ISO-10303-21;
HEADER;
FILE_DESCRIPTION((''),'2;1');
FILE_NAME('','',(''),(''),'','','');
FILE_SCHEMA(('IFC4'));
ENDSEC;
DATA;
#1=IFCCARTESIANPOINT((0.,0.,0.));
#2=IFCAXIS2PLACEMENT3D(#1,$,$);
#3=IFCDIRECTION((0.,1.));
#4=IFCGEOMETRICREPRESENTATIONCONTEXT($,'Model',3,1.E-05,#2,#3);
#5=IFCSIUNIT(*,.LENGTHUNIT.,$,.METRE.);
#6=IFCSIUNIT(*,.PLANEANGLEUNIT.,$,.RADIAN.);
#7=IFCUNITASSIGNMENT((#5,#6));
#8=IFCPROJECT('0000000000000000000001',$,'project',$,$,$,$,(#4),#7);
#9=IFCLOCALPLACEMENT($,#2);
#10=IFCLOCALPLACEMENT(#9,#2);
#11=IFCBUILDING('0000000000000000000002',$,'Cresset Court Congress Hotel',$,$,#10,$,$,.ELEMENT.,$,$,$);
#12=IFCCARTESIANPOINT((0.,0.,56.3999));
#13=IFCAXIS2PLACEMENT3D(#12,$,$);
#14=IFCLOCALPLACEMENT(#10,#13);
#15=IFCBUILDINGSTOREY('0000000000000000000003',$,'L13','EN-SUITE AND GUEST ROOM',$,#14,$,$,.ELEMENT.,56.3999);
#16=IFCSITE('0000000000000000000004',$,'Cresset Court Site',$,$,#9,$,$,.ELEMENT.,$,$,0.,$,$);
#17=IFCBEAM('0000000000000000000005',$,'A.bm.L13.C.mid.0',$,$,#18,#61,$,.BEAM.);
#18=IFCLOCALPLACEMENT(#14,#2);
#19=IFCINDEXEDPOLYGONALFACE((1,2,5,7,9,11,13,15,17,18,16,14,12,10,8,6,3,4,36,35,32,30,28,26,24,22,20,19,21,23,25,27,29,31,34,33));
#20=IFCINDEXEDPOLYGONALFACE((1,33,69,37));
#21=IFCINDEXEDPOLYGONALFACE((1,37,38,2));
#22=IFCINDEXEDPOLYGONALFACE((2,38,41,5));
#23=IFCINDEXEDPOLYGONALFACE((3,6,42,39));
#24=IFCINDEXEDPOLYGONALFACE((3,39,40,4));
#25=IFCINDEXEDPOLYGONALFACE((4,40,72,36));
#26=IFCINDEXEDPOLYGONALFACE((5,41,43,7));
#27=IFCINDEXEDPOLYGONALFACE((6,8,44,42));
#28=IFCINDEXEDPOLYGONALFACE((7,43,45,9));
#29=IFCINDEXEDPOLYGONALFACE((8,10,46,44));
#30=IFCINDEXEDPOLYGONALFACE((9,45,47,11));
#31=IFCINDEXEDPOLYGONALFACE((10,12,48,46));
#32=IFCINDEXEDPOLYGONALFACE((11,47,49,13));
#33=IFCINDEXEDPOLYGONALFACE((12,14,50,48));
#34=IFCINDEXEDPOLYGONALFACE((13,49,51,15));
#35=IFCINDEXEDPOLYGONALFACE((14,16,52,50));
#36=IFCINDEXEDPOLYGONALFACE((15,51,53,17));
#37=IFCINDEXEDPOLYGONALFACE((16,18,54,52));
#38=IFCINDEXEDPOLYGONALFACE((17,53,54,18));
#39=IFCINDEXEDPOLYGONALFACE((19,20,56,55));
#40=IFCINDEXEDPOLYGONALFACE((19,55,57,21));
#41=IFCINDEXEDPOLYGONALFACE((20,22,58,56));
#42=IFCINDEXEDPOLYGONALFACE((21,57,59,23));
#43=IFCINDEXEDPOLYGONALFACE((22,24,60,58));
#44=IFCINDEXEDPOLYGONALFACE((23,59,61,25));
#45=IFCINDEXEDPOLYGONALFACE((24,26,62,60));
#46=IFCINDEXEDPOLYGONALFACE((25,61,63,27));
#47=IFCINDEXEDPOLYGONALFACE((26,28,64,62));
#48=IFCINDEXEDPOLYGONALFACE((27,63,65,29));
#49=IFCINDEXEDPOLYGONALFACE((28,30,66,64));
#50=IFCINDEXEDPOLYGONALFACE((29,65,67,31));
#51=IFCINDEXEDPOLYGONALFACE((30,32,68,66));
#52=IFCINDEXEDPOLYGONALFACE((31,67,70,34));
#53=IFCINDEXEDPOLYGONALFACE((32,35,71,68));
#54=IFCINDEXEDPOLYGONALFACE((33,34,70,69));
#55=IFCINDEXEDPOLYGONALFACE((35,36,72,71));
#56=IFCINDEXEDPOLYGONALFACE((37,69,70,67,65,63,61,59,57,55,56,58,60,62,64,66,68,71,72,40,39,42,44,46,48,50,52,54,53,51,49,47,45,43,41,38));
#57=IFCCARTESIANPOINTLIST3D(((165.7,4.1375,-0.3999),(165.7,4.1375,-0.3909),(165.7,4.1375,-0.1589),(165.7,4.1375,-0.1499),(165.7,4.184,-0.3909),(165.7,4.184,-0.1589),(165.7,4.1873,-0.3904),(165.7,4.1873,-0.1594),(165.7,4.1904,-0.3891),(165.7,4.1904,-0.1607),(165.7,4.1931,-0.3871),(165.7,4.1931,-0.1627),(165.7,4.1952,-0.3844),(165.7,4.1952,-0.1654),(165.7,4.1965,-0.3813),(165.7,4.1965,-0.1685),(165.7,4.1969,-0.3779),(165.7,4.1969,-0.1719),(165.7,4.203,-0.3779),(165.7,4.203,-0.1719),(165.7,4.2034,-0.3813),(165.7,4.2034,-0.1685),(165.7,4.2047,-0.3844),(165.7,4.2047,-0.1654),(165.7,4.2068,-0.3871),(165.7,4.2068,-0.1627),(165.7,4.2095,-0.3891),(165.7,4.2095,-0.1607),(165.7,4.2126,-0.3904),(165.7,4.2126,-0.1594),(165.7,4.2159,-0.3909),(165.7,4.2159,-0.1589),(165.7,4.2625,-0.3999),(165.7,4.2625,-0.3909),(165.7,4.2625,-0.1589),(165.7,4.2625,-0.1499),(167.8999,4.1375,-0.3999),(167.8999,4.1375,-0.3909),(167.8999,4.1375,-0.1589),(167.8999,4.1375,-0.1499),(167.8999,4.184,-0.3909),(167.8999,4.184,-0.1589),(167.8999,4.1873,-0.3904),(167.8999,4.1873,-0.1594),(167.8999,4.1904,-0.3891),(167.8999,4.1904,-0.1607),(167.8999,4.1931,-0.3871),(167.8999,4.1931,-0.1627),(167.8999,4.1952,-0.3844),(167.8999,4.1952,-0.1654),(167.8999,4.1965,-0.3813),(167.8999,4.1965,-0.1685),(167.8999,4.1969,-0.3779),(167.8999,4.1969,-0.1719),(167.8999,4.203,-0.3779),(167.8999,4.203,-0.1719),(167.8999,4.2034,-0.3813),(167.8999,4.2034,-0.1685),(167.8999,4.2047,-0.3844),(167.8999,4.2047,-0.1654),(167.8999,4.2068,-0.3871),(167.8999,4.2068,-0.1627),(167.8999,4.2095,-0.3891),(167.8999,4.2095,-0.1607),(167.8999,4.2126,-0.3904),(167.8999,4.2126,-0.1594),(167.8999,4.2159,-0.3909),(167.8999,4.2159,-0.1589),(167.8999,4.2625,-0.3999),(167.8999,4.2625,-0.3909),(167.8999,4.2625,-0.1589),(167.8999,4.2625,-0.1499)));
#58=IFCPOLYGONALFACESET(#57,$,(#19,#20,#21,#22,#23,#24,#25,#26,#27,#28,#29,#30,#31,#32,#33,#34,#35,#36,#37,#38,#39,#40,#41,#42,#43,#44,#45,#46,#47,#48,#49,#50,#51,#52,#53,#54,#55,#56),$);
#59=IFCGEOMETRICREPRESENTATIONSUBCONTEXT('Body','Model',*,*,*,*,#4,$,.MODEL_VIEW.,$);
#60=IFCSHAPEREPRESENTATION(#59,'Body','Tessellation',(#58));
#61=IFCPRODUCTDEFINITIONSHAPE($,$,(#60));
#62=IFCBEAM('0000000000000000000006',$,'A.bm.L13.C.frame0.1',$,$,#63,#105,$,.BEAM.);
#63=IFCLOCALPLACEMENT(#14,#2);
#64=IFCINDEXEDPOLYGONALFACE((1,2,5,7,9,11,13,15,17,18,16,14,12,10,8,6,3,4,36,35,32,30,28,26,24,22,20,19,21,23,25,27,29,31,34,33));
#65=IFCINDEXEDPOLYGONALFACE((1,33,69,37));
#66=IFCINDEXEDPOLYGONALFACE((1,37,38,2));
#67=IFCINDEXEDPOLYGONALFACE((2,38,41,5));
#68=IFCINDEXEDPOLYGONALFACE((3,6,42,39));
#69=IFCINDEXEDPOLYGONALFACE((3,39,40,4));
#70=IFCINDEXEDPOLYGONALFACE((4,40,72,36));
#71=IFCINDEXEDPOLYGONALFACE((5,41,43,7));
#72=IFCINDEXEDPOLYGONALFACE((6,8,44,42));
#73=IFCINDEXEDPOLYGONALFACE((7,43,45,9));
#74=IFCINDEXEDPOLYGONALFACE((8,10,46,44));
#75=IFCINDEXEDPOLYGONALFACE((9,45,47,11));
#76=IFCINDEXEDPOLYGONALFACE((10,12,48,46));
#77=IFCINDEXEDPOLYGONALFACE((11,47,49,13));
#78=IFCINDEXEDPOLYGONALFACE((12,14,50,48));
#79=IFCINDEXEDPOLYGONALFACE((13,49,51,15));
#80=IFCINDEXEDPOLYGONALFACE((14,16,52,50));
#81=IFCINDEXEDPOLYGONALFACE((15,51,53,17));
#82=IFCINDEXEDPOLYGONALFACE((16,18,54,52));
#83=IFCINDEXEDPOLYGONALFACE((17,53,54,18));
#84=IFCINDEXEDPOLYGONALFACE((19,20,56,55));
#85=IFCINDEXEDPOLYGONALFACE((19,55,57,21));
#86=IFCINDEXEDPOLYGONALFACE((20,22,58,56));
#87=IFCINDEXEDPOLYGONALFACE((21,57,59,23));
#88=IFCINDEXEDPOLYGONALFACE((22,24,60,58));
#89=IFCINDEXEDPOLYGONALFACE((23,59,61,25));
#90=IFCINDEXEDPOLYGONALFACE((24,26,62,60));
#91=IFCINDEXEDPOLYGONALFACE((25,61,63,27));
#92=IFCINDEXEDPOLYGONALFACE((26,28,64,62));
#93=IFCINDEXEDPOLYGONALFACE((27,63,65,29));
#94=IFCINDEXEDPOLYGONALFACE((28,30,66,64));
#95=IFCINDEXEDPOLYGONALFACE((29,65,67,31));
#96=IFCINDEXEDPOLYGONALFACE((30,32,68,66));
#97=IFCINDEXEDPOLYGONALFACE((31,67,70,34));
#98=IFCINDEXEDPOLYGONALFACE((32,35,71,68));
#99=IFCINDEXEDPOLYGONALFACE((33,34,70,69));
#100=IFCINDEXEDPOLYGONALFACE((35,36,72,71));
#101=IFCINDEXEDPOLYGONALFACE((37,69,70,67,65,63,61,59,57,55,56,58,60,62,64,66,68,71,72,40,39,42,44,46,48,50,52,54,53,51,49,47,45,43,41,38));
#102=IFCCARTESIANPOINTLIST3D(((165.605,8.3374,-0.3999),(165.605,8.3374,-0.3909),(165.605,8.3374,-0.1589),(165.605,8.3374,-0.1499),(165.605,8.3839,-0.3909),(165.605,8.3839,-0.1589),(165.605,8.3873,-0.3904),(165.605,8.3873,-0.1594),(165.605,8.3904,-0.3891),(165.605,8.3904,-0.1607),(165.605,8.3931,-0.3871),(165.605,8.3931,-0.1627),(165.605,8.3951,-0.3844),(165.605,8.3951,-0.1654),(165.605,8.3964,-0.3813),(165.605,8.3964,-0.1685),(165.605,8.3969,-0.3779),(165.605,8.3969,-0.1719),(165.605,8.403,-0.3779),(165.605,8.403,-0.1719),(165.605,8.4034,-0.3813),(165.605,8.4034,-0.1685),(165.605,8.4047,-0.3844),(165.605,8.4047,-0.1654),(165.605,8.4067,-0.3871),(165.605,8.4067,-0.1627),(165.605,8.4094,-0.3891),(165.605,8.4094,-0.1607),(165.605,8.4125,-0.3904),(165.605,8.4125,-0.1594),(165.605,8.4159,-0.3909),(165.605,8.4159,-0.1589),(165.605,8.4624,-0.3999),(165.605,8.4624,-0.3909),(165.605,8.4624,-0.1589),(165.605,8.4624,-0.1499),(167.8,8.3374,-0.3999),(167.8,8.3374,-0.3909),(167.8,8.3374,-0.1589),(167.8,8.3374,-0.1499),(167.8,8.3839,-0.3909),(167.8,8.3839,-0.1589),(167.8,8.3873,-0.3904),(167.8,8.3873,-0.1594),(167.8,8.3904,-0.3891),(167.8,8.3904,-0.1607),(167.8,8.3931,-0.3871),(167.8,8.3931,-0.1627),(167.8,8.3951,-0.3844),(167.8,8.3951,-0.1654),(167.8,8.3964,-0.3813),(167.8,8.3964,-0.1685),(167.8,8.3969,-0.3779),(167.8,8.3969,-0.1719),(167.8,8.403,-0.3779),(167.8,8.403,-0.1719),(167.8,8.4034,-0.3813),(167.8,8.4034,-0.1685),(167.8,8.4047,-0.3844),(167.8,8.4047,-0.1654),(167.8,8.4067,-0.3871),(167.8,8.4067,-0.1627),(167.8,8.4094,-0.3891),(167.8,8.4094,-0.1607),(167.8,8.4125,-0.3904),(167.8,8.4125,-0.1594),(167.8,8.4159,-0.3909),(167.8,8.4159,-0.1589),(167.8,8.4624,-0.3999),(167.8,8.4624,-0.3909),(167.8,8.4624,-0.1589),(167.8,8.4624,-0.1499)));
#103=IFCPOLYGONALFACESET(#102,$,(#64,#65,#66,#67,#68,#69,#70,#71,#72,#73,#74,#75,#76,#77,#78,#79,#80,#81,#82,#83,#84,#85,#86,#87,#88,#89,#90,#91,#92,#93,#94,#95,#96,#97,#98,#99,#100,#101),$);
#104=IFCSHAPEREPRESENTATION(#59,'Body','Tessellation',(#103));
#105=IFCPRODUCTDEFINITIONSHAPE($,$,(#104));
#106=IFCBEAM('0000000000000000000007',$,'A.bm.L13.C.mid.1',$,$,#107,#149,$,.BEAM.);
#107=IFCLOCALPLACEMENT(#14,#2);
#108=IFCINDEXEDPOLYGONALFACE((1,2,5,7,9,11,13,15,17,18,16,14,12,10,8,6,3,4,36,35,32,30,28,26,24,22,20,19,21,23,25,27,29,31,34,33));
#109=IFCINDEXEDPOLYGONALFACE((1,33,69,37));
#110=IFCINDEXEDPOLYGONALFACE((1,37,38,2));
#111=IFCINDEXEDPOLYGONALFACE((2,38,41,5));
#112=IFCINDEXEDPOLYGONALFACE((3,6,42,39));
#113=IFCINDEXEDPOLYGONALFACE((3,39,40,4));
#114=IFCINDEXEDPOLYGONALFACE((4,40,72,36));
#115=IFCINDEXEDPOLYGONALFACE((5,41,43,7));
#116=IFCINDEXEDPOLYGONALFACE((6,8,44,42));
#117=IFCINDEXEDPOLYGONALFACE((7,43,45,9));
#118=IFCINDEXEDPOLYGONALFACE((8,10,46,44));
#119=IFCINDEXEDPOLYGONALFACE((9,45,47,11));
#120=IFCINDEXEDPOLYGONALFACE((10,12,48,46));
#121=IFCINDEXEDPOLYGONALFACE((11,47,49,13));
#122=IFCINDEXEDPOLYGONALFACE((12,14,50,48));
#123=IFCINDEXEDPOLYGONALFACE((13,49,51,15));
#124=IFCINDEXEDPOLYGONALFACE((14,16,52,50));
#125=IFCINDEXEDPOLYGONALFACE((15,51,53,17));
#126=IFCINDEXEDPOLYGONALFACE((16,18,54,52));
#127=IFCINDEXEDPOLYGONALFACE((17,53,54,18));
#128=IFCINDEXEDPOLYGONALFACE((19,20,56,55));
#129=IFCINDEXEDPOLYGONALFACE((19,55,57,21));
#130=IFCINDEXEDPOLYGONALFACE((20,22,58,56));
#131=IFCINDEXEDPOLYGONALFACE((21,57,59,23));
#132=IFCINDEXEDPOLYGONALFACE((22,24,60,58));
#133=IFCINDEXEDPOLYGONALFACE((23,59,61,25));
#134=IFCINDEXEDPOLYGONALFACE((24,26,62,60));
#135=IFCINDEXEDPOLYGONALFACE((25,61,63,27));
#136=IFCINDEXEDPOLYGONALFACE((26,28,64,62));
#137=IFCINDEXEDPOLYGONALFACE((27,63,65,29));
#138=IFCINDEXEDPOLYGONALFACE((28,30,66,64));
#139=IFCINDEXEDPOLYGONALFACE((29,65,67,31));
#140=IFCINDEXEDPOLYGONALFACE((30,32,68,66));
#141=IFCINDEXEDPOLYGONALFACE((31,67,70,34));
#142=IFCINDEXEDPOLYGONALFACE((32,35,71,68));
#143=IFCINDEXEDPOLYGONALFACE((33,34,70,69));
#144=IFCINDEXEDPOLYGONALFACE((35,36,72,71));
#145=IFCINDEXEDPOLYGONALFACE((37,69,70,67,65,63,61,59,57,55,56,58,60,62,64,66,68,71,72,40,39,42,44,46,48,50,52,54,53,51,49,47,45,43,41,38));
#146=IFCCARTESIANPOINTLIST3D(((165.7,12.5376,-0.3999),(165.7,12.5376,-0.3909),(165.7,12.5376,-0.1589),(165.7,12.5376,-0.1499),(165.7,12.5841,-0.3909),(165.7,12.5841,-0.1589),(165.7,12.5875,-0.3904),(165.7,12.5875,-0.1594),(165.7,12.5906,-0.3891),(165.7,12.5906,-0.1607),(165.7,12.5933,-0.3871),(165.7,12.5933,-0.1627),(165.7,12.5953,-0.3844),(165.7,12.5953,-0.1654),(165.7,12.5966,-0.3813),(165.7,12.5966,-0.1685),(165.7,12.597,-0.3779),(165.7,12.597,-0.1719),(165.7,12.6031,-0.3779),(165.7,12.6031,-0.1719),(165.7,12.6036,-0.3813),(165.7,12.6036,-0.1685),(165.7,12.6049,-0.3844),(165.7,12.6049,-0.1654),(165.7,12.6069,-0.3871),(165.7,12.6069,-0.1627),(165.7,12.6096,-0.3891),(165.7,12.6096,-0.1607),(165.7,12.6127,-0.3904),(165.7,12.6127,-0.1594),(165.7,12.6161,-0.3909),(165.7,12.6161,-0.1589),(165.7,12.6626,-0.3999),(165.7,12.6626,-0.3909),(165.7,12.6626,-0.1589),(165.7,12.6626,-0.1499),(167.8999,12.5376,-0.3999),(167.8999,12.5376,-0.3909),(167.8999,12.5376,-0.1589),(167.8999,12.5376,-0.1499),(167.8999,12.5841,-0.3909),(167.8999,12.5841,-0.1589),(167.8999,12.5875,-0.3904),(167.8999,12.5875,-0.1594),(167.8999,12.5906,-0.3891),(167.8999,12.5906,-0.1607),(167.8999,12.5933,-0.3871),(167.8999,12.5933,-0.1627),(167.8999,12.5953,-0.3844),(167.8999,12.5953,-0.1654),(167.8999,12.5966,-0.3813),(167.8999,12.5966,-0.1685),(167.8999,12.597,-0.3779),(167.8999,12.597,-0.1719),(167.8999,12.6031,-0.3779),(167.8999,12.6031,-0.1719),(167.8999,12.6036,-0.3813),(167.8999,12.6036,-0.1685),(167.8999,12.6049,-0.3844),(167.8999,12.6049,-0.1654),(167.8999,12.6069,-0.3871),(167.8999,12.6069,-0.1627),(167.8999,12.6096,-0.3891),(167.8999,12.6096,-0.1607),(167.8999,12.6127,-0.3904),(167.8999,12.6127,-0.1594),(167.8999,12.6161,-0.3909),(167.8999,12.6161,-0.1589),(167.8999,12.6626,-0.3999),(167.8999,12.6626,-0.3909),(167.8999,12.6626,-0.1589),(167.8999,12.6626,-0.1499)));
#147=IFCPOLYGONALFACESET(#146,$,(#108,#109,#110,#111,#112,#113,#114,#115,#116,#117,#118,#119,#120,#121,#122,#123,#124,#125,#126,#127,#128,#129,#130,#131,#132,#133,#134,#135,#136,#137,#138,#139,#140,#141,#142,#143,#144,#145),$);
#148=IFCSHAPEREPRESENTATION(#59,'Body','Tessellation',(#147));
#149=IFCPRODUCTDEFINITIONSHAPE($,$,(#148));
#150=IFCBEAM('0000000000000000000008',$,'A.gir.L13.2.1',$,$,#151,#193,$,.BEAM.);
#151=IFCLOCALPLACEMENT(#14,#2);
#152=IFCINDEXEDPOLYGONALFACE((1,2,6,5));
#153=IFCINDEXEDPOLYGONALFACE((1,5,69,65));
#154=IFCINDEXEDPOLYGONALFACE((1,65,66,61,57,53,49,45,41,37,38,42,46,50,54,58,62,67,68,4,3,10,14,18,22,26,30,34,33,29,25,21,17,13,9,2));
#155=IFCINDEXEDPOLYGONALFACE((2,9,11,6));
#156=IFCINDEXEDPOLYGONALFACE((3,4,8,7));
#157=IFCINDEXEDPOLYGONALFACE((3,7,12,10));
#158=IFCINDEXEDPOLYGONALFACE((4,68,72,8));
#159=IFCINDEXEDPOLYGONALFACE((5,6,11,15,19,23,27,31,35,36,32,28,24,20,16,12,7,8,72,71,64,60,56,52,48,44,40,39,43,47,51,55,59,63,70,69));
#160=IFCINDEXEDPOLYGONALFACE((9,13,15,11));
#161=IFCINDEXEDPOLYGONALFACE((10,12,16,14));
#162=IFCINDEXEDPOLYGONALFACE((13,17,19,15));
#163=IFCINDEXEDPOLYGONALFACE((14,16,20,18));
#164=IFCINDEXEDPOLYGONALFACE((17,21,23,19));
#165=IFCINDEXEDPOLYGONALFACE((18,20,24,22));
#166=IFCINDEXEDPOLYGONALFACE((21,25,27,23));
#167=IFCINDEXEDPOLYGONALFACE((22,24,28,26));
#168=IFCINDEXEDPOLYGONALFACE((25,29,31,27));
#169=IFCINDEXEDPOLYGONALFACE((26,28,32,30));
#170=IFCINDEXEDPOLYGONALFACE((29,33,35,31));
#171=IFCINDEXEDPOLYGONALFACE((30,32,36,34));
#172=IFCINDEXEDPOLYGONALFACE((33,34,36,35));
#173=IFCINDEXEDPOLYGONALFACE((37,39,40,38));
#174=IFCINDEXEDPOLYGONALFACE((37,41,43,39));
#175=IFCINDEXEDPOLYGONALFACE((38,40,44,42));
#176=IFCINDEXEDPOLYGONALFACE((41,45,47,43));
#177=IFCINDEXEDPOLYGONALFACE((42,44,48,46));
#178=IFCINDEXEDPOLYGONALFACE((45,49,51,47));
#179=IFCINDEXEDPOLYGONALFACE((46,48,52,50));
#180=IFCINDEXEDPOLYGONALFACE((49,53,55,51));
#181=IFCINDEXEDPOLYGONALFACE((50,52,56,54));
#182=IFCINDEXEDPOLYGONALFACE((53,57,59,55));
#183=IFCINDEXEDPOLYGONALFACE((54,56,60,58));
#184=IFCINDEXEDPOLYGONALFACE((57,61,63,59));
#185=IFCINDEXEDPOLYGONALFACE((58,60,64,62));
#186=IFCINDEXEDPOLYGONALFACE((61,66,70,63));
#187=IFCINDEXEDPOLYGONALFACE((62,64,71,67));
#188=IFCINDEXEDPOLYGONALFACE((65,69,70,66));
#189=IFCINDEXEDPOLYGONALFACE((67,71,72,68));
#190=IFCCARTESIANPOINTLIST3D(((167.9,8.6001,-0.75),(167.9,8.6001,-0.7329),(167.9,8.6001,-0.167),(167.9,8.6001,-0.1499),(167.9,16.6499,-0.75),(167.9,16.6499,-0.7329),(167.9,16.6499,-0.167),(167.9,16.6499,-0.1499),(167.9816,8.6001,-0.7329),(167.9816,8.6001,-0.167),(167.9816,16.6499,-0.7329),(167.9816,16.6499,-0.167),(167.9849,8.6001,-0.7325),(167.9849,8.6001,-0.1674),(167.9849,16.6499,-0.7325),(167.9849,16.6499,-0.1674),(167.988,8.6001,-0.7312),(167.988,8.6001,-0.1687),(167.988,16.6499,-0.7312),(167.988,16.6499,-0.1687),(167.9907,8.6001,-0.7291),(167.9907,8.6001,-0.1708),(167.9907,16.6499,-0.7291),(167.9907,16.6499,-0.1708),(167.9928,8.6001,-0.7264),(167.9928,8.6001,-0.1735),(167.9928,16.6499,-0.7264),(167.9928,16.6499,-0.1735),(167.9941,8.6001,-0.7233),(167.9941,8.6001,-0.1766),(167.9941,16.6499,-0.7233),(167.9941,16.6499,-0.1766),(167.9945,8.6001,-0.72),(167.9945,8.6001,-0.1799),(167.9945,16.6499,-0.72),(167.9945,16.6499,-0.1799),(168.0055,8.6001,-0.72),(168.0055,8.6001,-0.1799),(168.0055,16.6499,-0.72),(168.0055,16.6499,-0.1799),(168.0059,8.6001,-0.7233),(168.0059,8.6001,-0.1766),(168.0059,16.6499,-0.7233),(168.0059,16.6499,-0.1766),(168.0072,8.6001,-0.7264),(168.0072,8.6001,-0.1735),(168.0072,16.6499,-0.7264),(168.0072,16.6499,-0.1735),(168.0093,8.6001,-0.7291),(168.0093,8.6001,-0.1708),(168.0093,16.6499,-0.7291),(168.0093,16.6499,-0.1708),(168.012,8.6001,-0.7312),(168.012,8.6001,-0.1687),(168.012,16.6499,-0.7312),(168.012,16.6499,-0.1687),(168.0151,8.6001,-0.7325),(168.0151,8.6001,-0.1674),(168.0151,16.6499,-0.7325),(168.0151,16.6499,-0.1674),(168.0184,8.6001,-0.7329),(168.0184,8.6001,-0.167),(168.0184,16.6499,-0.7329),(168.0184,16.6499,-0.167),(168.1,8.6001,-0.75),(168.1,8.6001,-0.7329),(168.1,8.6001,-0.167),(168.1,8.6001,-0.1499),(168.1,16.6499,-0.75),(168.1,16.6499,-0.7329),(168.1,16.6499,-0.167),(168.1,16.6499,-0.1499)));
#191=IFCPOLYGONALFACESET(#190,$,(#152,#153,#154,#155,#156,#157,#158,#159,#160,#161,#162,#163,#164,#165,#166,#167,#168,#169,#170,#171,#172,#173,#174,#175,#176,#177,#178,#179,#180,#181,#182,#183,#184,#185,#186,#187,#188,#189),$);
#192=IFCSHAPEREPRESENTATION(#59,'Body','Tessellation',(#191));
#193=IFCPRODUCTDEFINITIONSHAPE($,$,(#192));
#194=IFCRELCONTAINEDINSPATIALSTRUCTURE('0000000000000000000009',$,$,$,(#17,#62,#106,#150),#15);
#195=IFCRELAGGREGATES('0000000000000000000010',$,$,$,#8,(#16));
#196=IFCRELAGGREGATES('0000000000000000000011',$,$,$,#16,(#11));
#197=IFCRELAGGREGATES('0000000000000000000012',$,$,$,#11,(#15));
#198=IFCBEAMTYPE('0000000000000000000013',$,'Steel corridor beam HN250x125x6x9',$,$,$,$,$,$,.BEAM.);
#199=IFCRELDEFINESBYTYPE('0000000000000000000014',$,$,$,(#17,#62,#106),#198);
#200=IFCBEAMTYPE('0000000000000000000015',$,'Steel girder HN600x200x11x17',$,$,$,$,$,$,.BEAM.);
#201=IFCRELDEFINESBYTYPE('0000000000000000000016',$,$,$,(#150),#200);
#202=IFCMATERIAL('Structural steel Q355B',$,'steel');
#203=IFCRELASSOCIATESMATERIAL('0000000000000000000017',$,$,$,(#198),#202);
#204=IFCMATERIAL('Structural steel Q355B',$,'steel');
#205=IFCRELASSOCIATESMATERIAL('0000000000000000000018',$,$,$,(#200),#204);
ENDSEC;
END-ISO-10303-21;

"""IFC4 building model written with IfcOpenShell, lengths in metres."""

from ifc_helpers import new_model, si_unit, direction, frame, origin, origin_2d, place, context, subcontext, project, spatial, i_section, extrude, material, material_profile, profile_set, type_object, element, save


model = new_model("IFC4")

# Units and contexts
model_context = context("Model", 3, precision=1e-05, world=origin(), true_north=direction((0.0, 1.0)))
body_context = subcontext(model_context, "Body", "Model", "MODEL_VIEW")
ifc_project = project(units=[si_unit("LENGTHUNIT", "METRE"), si_unit("PLANEANGLEUNIT", "RADIAN")], contexts=[model_context])

# Site, building, storey
site_placement = place(None, origin())
site = spatial("IfcSite", under=ifc_project, at=site_placement, Name="Cresset Court Site", CompositionType="ELEMENT", RefElevation=0.0)
building_placement = place(site_placement, origin())
building = spatial("IfcBuilding", under=site, at=building_placement, Name="Cresset Court Congress Hotel", CompositionType="ELEMENT")
storey_placement = place(building_placement, frame((0.0, 0.0, 56.3999)))
storey = spatial("IfcBuildingStorey", under=building, at=storey_placement, Name="L13", Description="EN-SUITE AND GUEST ROOM", CompositionType="ELEMENT", Elevation=56.3999)

# Beams
ifc_material_1 = material(Name="Structural steel Q355B", Category="steel")
ifc_material_profile_1 = material_profile(ifc_material_1, i_section(OverallWidth=0.125, OverallDepth=0.25, WebThickness=0.0061, FlangeThickness=0.009, FilletRadius=0.0129, at=origin_2d()), Name="HN250x125x6x9")
ifc_profile_set_1 = profile_set([ifc_material_profile_1], Name="Structural steel Q355B")
beam_type_1 = type_object("IfcBeamType", Name="Steel corridor beam HN250x125x6x9", PredefinedType="BEAM", material=ifc_profile_set_1)
beam_1_placement = place(storey_placement, frame((165.7, 4.2, -0.2749), z_axis=(1.0, 0.0, 0.0), x_axis=(0.0, 1.0, 0.0)))
element("IfcBeam", 1, at=beam_1_placement, inside=storey, type_object=beam_type_1, Name="A.bm.L13.C.mid.0", PredefinedType="BEAM", context=body_context, shape_type="SweptSolid", body=[
    extrude(i_section(OverallWidth=0.125, OverallDepth=0.25, WebThickness=0.0061, FlangeThickness=0.009, FilletRadius=0.0129, at=origin_2d()), origin(), (0.0, 0.0, 1.0), 2.2),
])
beam_2_placement = place(storey_placement, frame((165.605, 8.3999, -0.2749), z_axis=(1.0, 0.0, 0.0), x_axis=(0.0, 1.0, 0.0)))
element("IfcBeam", 2, at=beam_2_placement, inside=storey, type_object=beam_type_1, Name="A.bm.L13.C.frame0.1", PredefinedType="BEAM", context=body_context, shape_type="SweptSolid", body=[
    extrude(i_section(OverallWidth=0.125, OverallDepth=0.25, WebThickness=0.0061, FlangeThickness=0.009, FilletRadius=0.0129, at=origin_2d()), origin(), (0.0, 0.0, 1.0), 2.1951),
])
beam_3_placement = place(storey_placement, frame((165.7, 12.6001, -0.2749), z_axis=(1.0, 0.0, 0.0), x_axis=(0.0, 1.0, 0.0)))
element("IfcBeam", 3, at=beam_3_placement, inside=storey, type_object=beam_type_1, Name="A.bm.L13.C.mid.1", PredefinedType="BEAM", context=body_context, shape_type="SweptSolid", body=[
    extrude(i_section(OverallWidth=0.125, OverallDepth=0.25, WebThickness=0.0061, FlangeThickness=0.009, FilletRadius=0.0129, at=origin_2d()), origin(), (0.0, 0.0, 1.0), 2.2),
])
ifc_material_2 = material(Name="Structural steel Q355B", Category="steel")
ifc_material_profile_2 = material_profile(ifc_material_2, i_section(OverallWidth=0.2, OverallDepth=0.6001, WebThickness=0.011, FlangeThickness=0.0171, FilletRadius=0.0129, at=origin_2d()), Name="HN600x200x11x17")
ifc_profile_set_2 = profile_set([ifc_material_profile_2], Name="Structural steel Q355B")
beam_type_2 = type_object("IfcBeamType", Name="Steel girder HN600x200x11x17", PredefinedType="BEAM", material=ifc_profile_set_2)
for number, where, z_axis, x_axis, name in (
    (4, (168.0, 8.6001, -0.45), (0.0, 1.0, 0.0), (-1.0, 0.0, 0.0), "A.gir.L13.2.1"),
):
    element("IfcBeam", number, at=place(storey_placement, frame(where, z_axis=z_axis, x_axis=x_axis)), inside=storey, type_object=beam_type_2, Name=name, PredefinedType="BEAM", context=body_context, shape_type="SweptSolid", body=[
        extrude(i_section(OverallWidth=0.2, OverallDepth=0.6001, WebThickness=0.011, FlangeThickness=0.0171, FilletRadius=0.0129, at=origin_2d()), origin(), (0.0, 0.0, 1.0), 8.0498),
    ])

save(model, "model.ifc")
